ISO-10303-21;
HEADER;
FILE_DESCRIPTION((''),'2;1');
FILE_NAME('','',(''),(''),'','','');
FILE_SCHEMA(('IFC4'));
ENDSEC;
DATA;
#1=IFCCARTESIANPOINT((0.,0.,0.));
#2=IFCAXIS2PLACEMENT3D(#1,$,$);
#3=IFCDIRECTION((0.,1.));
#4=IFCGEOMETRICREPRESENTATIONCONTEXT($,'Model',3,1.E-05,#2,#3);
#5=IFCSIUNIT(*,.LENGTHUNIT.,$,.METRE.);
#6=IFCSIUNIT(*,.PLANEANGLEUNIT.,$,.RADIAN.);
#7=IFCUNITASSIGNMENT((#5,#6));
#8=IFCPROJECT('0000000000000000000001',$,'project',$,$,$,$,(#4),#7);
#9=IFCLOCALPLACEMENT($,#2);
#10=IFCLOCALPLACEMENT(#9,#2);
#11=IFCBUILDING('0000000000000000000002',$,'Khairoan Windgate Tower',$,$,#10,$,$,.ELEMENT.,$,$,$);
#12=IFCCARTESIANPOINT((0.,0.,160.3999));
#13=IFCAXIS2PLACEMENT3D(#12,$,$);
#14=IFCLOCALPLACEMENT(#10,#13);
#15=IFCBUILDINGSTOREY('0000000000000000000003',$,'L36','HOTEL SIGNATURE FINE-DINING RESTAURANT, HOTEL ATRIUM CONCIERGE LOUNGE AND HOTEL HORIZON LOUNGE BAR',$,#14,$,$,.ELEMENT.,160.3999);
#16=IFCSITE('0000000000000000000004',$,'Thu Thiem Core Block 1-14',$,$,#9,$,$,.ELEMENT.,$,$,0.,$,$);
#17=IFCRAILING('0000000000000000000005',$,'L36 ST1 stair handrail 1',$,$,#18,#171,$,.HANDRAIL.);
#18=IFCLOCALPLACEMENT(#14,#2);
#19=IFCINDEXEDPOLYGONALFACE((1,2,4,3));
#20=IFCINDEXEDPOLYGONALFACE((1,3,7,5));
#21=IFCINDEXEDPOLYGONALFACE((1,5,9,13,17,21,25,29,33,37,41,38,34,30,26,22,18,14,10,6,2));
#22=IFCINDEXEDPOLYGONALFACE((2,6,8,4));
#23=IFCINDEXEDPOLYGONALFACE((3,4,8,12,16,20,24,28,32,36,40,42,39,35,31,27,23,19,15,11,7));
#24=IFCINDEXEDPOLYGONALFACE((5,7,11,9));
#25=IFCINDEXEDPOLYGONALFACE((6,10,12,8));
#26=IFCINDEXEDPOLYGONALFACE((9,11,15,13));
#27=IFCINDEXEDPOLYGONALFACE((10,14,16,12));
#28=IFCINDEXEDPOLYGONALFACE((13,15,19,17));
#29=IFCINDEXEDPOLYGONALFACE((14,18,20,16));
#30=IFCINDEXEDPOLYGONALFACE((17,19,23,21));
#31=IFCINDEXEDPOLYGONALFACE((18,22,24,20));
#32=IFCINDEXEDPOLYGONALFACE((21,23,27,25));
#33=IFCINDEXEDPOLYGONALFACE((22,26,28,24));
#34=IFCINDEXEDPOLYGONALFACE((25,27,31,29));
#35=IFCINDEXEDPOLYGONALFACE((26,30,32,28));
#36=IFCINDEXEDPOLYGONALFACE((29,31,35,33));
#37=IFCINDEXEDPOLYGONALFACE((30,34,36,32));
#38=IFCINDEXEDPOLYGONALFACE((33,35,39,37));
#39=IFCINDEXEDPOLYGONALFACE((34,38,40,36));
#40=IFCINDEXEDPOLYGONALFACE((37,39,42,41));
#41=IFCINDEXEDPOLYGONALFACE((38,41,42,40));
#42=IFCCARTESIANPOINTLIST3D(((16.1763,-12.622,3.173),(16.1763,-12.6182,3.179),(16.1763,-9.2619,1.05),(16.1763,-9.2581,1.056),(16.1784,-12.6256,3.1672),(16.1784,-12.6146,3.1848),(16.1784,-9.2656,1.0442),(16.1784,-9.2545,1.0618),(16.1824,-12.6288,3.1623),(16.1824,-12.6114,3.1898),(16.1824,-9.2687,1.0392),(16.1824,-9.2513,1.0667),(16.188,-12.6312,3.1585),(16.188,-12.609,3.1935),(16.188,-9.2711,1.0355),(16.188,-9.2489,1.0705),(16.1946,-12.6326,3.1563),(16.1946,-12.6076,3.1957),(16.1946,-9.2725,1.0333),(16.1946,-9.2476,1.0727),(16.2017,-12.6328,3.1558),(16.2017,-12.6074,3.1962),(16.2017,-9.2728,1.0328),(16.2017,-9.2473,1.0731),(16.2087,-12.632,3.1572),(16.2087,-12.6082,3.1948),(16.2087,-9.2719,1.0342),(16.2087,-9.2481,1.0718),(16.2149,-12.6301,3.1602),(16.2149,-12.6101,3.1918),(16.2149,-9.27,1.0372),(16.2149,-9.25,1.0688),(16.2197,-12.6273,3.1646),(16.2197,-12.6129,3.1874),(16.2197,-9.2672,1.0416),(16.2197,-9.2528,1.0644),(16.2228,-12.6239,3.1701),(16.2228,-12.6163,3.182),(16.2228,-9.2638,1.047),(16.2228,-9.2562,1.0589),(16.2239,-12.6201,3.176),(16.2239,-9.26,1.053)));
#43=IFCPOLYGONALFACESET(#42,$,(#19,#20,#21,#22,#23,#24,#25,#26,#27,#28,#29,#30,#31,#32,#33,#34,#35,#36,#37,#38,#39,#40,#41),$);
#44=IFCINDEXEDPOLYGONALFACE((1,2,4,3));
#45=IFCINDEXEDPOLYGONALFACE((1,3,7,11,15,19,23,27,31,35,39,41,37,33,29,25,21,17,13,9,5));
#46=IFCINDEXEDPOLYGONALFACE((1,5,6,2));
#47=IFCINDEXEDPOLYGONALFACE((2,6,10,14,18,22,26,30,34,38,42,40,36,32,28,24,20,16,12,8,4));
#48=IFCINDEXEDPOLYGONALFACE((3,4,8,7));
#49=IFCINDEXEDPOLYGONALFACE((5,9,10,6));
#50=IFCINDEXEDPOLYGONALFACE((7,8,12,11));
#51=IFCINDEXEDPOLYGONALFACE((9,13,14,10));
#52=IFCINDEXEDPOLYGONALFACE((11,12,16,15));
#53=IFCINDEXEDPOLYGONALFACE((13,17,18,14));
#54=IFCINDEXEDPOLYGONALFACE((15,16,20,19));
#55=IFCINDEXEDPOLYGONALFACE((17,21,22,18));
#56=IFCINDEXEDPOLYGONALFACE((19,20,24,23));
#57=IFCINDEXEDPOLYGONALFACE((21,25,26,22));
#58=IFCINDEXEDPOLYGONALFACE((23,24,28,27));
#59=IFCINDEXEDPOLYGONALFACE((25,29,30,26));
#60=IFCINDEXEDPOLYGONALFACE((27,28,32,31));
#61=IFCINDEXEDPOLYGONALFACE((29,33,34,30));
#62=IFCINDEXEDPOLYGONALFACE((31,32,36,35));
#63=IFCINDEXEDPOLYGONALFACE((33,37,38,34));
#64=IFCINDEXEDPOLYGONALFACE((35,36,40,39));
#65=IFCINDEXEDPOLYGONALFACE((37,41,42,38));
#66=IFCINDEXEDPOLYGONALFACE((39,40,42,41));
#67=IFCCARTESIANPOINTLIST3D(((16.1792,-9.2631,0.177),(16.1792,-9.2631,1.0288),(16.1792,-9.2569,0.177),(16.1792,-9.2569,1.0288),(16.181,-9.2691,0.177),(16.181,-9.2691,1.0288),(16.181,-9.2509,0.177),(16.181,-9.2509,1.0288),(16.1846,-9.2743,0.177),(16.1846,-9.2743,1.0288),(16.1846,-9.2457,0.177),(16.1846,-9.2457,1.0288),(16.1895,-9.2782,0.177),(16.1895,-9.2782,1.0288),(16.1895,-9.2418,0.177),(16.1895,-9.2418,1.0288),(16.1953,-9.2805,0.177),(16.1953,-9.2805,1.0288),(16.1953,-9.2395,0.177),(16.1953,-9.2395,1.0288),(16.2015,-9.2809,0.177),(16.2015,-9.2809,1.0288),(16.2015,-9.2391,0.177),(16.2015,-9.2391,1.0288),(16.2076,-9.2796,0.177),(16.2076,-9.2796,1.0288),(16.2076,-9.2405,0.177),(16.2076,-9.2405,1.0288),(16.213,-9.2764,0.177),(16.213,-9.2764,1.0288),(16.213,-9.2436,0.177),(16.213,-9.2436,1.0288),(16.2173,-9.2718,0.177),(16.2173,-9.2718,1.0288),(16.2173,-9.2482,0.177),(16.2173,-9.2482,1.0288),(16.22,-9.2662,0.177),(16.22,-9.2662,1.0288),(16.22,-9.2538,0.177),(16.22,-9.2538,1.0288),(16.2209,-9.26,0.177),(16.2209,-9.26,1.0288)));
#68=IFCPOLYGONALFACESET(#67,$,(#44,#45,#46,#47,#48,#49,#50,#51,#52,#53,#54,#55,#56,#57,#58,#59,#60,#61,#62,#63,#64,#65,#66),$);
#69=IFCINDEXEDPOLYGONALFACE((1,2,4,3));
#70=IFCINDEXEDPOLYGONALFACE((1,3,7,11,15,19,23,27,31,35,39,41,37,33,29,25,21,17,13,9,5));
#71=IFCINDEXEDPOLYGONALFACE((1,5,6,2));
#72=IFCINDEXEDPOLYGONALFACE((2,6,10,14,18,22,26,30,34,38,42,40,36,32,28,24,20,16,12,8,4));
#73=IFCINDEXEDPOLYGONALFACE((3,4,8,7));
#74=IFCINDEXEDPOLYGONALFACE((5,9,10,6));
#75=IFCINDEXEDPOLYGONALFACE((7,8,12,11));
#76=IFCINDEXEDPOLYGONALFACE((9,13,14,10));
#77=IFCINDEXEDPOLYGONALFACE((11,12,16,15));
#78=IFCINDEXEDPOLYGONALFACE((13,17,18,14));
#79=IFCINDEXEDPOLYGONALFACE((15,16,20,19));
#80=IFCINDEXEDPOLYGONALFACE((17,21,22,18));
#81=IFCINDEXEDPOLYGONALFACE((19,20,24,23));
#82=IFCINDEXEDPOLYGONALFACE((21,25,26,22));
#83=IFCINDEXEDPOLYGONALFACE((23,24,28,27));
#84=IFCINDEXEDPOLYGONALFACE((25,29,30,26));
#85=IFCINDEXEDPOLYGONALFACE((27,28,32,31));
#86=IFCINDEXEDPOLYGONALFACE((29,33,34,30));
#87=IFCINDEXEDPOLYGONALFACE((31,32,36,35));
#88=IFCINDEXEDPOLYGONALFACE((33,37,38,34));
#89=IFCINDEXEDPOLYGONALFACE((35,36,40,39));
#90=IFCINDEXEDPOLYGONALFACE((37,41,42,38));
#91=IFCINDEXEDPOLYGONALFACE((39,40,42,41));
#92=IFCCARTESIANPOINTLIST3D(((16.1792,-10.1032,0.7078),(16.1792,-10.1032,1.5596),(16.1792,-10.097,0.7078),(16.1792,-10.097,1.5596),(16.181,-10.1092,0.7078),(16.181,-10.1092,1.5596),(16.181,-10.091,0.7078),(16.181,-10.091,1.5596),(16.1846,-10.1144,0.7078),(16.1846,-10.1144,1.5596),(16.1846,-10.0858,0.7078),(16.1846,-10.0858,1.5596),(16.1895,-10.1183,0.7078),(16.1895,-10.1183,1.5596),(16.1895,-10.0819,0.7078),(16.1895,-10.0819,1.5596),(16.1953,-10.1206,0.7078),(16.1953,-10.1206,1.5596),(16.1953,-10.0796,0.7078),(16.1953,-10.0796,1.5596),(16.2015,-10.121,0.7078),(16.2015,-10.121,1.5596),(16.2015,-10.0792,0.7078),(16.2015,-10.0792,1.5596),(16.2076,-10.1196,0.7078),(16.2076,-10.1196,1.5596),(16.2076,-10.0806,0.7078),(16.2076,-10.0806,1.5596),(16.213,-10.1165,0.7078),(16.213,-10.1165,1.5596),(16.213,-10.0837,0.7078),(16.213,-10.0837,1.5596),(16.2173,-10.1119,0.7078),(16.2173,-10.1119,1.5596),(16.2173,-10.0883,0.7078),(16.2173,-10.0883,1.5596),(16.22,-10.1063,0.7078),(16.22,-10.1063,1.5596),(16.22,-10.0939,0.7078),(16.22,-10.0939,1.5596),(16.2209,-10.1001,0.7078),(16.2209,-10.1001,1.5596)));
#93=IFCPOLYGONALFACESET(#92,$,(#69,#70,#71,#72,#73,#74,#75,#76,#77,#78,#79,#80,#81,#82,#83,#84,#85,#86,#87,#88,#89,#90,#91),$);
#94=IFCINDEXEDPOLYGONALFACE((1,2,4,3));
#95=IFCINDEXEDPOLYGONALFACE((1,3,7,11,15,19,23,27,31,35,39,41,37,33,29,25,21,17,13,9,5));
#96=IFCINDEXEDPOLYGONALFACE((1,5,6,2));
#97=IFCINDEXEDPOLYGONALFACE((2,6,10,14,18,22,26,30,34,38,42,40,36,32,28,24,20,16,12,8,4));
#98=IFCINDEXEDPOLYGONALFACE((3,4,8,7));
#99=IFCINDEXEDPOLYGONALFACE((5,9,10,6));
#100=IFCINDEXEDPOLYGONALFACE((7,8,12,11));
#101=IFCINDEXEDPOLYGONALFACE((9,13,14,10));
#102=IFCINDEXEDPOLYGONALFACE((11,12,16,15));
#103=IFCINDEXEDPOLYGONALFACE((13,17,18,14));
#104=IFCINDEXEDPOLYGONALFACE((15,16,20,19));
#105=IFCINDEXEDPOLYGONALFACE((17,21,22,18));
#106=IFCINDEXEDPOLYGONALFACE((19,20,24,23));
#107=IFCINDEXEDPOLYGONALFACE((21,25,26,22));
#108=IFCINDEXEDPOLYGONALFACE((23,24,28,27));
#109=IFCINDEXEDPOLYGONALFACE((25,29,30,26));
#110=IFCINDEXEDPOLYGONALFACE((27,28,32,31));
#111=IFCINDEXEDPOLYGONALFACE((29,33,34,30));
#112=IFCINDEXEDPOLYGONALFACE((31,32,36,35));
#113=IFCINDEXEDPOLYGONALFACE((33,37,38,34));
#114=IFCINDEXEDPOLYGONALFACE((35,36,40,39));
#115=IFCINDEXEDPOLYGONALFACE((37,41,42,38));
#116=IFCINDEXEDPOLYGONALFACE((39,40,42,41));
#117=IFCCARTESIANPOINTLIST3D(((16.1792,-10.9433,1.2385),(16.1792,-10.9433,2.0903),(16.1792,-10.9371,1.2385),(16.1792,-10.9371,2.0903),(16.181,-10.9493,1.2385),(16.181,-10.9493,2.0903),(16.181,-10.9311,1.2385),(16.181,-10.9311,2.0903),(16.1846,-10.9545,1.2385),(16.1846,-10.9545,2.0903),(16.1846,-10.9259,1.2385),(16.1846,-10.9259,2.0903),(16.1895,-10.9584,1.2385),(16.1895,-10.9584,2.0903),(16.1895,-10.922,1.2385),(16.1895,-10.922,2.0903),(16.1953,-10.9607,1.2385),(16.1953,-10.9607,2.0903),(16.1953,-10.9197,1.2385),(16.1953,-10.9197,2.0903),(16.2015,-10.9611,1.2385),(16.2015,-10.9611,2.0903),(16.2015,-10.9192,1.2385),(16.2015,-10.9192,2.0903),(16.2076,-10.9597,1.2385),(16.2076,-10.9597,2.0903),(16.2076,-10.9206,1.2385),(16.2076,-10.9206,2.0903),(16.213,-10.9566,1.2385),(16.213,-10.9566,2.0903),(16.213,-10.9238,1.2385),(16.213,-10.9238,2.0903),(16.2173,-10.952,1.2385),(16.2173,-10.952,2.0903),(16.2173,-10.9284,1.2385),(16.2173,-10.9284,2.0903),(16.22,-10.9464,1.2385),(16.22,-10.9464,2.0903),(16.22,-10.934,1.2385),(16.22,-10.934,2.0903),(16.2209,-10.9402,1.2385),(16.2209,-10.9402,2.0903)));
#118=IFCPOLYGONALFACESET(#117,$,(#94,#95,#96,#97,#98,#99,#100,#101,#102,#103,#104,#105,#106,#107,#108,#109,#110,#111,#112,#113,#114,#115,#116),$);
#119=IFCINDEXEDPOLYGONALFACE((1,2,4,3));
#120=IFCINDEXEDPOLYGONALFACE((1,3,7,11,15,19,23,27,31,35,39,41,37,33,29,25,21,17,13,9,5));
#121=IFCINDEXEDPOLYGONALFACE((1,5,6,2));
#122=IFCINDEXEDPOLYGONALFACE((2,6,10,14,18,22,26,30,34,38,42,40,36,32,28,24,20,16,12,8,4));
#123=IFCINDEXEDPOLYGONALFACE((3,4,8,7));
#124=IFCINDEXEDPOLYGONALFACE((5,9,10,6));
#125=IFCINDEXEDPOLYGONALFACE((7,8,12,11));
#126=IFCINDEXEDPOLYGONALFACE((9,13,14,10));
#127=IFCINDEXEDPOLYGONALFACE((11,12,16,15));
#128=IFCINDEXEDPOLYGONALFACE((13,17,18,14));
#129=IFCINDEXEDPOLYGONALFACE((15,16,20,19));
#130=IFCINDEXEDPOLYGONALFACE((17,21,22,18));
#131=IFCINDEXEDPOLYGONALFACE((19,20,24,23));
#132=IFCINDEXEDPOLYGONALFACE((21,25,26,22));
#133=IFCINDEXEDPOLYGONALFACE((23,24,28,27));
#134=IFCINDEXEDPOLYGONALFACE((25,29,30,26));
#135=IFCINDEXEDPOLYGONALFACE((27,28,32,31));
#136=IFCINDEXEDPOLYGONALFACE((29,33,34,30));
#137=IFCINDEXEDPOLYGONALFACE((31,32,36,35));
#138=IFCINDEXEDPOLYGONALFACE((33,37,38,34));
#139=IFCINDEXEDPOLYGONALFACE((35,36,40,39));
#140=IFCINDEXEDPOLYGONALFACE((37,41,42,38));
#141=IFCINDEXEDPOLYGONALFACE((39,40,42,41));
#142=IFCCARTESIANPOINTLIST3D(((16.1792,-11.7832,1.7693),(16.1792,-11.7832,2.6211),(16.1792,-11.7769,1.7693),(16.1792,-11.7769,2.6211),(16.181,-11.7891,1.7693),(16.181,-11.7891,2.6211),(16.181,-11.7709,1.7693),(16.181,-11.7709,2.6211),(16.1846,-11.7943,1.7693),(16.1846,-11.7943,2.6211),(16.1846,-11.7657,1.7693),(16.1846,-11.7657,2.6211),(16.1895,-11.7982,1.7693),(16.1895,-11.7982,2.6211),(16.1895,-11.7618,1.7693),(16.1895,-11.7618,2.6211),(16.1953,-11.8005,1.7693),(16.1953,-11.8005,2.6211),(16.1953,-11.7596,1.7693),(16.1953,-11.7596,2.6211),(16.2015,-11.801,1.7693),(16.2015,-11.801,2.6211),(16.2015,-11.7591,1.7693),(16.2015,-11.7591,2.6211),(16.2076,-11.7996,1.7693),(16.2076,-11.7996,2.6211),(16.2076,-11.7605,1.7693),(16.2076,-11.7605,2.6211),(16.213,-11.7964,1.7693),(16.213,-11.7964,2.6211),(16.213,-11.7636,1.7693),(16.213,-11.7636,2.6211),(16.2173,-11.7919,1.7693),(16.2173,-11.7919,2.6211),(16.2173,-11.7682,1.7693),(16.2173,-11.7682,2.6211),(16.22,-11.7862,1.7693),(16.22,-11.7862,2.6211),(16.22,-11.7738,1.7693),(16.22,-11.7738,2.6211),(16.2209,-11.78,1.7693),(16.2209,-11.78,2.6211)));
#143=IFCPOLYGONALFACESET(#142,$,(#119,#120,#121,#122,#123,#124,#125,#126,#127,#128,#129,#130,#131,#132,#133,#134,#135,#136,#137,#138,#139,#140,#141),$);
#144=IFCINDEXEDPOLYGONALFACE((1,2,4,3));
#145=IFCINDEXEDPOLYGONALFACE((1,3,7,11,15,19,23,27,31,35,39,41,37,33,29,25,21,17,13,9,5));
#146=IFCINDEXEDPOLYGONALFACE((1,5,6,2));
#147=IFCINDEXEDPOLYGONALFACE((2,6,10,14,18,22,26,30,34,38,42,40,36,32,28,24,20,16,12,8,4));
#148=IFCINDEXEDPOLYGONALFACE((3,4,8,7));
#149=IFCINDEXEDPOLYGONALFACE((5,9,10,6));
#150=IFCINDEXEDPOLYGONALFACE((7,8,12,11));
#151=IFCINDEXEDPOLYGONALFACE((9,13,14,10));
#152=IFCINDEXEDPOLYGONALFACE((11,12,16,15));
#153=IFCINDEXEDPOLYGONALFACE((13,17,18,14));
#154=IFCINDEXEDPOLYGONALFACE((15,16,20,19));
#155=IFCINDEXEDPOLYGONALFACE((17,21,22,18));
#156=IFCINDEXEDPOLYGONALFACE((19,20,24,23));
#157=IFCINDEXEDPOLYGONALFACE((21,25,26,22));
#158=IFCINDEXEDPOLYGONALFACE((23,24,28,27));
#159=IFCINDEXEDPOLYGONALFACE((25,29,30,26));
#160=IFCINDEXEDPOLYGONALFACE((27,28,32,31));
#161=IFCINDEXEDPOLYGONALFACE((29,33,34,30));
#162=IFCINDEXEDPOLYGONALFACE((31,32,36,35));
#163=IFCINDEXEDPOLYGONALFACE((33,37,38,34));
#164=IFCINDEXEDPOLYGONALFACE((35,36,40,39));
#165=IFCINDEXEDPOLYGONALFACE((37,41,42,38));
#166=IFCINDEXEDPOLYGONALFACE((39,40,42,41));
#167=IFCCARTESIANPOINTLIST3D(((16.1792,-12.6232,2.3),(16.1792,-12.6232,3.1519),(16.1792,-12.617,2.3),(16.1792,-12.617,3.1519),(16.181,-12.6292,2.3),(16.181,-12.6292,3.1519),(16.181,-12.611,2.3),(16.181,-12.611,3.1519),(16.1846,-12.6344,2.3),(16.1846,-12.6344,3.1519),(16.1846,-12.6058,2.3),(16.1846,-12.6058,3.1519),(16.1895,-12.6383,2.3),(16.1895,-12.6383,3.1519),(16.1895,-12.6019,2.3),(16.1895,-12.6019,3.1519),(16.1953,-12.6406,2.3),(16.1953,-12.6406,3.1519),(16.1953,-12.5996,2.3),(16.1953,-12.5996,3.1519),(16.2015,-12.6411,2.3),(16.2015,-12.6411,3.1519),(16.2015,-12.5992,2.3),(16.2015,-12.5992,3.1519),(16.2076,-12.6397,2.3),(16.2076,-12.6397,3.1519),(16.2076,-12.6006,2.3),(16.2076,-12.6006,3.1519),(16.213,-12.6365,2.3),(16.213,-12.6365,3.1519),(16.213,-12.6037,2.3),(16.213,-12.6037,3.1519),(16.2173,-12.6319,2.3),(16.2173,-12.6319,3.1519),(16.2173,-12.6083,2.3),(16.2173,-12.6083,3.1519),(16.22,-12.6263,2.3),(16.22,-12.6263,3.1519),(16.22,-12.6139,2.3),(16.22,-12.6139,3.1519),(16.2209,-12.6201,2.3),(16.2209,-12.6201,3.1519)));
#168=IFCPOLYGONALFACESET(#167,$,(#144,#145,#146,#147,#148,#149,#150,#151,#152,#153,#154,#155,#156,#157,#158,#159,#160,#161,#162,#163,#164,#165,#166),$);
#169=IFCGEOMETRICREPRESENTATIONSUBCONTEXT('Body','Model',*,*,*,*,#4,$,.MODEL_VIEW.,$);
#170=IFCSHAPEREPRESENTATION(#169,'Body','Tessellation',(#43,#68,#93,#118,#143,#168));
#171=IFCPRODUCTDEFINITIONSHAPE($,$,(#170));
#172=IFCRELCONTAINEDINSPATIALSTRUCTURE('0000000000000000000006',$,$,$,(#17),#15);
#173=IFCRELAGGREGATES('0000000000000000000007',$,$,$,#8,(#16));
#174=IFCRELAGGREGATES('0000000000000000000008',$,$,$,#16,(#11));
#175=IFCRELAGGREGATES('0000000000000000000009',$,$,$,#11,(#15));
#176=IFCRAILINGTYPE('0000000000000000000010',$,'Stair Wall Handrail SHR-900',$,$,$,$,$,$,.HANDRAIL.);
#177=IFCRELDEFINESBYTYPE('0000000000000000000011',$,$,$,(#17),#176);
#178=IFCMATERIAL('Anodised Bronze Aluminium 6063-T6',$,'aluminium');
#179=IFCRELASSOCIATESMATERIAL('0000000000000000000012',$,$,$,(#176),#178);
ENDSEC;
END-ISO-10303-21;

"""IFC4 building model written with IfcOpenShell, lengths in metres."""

from ifc_helpers import new_model, si_unit, direction, frame, origin, origin_2d, place, context, subcontext, project, spatial, circle, extrude, material, type_object, element, save


model = new_model("IFC4")

# Units and contexts
model_context = context("Model", 3, precision=1e-05, world=origin(), true_north=direction((0.0, 1.0)))
body_context = subcontext(model_context, "Body", "Model", "MODEL_VIEW")
ifc_project = project(units=[si_unit("LENGTHUNIT", "METRE"), si_unit("PLANEANGLEUNIT", "RADIAN")], contexts=[model_context])

# Site, building, storey
site_placement = place(None, origin())
site = spatial("IfcSite", under=ifc_project, at=site_placement, Name="Thu Thiem Core Block 1-14", CompositionType="ELEMENT", RefElevation=0.0)
building_placement = place(site_placement, origin())
building = spatial("IfcBuilding", under=site, at=building_placement, Name="Khairoan Windgate Tower", CompositionType="ELEMENT")
storey_placement = place(building_placement, frame((0.0, 0.0, 160.3999)))
storey = spatial("IfcBuildingStorey", under=building, at=storey_placement, Name="L36", Description="HOTEL SIGNATURE FINE-DINING RESTAURANT, HOTEL ATRIUM CONCIERGE LOUNGE AND HOTEL HORIZON LOUNGE BAR", CompositionType="ELEMENT", Elevation=160.3999)

# Railing
ifc_material_1 = material(Name="Anodised Bronze Aluminium 6063-T6", Category="aluminium")
railing_type_1 = type_object("IfcRailingType", Name="Stair Wall Handrail SHR-900", PredefinedType="HANDRAIL", material=ifc_material_1)
railing_1_placement = place(storey_placement, frame((16.2, -9.26, 0.177)))
element("IfcRailing", 1, at=railing_1_placement, inside=storey, type_object=railing_type_1, Name="L36 ST1 stair handrail 1", PredefinedType="HANDRAIL", context=body_context, shape_type="SweptSolid", body=[
    extrude(circle(Radius=0.0239, at=origin_2d()), frame((0.0, 0.0, 0.876), z_axis=(0.0, -0.84539, 0.53415), x_axis=(1.0, 0.0, 0.0)), (0.0, 0.0, 1.0), 3.9746),
    extrude(circle(Radius=0.021, at=origin_2d()), origin(), (0.0, 0.0, 1.0), 0.8518),
    extrude(circle(Radius=0.021, at=origin_2d()), frame((0.0, -0.8401, 0.5308)), (0.0, 0.0, 1.0), 0.8518),
    extrude(circle(Radius=0.021, at=origin_2d()), frame((0.0, -1.6802, 1.0615)), (0.0, 0.0, 1.0), 0.8518),
    extrude(circle(Radius=0.021, at=origin_2d()), frame((0.0, -2.52, 1.5923)), (0.0, 0.0, 1.0), 0.8518),
    extrude(circle(Radius=0.021, at=origin_2d()), frame((0.0, -3.3601, 2.123)), (0.0, 0.0, 1.0), 0.8518),
])

save(model, "model.ifc")
